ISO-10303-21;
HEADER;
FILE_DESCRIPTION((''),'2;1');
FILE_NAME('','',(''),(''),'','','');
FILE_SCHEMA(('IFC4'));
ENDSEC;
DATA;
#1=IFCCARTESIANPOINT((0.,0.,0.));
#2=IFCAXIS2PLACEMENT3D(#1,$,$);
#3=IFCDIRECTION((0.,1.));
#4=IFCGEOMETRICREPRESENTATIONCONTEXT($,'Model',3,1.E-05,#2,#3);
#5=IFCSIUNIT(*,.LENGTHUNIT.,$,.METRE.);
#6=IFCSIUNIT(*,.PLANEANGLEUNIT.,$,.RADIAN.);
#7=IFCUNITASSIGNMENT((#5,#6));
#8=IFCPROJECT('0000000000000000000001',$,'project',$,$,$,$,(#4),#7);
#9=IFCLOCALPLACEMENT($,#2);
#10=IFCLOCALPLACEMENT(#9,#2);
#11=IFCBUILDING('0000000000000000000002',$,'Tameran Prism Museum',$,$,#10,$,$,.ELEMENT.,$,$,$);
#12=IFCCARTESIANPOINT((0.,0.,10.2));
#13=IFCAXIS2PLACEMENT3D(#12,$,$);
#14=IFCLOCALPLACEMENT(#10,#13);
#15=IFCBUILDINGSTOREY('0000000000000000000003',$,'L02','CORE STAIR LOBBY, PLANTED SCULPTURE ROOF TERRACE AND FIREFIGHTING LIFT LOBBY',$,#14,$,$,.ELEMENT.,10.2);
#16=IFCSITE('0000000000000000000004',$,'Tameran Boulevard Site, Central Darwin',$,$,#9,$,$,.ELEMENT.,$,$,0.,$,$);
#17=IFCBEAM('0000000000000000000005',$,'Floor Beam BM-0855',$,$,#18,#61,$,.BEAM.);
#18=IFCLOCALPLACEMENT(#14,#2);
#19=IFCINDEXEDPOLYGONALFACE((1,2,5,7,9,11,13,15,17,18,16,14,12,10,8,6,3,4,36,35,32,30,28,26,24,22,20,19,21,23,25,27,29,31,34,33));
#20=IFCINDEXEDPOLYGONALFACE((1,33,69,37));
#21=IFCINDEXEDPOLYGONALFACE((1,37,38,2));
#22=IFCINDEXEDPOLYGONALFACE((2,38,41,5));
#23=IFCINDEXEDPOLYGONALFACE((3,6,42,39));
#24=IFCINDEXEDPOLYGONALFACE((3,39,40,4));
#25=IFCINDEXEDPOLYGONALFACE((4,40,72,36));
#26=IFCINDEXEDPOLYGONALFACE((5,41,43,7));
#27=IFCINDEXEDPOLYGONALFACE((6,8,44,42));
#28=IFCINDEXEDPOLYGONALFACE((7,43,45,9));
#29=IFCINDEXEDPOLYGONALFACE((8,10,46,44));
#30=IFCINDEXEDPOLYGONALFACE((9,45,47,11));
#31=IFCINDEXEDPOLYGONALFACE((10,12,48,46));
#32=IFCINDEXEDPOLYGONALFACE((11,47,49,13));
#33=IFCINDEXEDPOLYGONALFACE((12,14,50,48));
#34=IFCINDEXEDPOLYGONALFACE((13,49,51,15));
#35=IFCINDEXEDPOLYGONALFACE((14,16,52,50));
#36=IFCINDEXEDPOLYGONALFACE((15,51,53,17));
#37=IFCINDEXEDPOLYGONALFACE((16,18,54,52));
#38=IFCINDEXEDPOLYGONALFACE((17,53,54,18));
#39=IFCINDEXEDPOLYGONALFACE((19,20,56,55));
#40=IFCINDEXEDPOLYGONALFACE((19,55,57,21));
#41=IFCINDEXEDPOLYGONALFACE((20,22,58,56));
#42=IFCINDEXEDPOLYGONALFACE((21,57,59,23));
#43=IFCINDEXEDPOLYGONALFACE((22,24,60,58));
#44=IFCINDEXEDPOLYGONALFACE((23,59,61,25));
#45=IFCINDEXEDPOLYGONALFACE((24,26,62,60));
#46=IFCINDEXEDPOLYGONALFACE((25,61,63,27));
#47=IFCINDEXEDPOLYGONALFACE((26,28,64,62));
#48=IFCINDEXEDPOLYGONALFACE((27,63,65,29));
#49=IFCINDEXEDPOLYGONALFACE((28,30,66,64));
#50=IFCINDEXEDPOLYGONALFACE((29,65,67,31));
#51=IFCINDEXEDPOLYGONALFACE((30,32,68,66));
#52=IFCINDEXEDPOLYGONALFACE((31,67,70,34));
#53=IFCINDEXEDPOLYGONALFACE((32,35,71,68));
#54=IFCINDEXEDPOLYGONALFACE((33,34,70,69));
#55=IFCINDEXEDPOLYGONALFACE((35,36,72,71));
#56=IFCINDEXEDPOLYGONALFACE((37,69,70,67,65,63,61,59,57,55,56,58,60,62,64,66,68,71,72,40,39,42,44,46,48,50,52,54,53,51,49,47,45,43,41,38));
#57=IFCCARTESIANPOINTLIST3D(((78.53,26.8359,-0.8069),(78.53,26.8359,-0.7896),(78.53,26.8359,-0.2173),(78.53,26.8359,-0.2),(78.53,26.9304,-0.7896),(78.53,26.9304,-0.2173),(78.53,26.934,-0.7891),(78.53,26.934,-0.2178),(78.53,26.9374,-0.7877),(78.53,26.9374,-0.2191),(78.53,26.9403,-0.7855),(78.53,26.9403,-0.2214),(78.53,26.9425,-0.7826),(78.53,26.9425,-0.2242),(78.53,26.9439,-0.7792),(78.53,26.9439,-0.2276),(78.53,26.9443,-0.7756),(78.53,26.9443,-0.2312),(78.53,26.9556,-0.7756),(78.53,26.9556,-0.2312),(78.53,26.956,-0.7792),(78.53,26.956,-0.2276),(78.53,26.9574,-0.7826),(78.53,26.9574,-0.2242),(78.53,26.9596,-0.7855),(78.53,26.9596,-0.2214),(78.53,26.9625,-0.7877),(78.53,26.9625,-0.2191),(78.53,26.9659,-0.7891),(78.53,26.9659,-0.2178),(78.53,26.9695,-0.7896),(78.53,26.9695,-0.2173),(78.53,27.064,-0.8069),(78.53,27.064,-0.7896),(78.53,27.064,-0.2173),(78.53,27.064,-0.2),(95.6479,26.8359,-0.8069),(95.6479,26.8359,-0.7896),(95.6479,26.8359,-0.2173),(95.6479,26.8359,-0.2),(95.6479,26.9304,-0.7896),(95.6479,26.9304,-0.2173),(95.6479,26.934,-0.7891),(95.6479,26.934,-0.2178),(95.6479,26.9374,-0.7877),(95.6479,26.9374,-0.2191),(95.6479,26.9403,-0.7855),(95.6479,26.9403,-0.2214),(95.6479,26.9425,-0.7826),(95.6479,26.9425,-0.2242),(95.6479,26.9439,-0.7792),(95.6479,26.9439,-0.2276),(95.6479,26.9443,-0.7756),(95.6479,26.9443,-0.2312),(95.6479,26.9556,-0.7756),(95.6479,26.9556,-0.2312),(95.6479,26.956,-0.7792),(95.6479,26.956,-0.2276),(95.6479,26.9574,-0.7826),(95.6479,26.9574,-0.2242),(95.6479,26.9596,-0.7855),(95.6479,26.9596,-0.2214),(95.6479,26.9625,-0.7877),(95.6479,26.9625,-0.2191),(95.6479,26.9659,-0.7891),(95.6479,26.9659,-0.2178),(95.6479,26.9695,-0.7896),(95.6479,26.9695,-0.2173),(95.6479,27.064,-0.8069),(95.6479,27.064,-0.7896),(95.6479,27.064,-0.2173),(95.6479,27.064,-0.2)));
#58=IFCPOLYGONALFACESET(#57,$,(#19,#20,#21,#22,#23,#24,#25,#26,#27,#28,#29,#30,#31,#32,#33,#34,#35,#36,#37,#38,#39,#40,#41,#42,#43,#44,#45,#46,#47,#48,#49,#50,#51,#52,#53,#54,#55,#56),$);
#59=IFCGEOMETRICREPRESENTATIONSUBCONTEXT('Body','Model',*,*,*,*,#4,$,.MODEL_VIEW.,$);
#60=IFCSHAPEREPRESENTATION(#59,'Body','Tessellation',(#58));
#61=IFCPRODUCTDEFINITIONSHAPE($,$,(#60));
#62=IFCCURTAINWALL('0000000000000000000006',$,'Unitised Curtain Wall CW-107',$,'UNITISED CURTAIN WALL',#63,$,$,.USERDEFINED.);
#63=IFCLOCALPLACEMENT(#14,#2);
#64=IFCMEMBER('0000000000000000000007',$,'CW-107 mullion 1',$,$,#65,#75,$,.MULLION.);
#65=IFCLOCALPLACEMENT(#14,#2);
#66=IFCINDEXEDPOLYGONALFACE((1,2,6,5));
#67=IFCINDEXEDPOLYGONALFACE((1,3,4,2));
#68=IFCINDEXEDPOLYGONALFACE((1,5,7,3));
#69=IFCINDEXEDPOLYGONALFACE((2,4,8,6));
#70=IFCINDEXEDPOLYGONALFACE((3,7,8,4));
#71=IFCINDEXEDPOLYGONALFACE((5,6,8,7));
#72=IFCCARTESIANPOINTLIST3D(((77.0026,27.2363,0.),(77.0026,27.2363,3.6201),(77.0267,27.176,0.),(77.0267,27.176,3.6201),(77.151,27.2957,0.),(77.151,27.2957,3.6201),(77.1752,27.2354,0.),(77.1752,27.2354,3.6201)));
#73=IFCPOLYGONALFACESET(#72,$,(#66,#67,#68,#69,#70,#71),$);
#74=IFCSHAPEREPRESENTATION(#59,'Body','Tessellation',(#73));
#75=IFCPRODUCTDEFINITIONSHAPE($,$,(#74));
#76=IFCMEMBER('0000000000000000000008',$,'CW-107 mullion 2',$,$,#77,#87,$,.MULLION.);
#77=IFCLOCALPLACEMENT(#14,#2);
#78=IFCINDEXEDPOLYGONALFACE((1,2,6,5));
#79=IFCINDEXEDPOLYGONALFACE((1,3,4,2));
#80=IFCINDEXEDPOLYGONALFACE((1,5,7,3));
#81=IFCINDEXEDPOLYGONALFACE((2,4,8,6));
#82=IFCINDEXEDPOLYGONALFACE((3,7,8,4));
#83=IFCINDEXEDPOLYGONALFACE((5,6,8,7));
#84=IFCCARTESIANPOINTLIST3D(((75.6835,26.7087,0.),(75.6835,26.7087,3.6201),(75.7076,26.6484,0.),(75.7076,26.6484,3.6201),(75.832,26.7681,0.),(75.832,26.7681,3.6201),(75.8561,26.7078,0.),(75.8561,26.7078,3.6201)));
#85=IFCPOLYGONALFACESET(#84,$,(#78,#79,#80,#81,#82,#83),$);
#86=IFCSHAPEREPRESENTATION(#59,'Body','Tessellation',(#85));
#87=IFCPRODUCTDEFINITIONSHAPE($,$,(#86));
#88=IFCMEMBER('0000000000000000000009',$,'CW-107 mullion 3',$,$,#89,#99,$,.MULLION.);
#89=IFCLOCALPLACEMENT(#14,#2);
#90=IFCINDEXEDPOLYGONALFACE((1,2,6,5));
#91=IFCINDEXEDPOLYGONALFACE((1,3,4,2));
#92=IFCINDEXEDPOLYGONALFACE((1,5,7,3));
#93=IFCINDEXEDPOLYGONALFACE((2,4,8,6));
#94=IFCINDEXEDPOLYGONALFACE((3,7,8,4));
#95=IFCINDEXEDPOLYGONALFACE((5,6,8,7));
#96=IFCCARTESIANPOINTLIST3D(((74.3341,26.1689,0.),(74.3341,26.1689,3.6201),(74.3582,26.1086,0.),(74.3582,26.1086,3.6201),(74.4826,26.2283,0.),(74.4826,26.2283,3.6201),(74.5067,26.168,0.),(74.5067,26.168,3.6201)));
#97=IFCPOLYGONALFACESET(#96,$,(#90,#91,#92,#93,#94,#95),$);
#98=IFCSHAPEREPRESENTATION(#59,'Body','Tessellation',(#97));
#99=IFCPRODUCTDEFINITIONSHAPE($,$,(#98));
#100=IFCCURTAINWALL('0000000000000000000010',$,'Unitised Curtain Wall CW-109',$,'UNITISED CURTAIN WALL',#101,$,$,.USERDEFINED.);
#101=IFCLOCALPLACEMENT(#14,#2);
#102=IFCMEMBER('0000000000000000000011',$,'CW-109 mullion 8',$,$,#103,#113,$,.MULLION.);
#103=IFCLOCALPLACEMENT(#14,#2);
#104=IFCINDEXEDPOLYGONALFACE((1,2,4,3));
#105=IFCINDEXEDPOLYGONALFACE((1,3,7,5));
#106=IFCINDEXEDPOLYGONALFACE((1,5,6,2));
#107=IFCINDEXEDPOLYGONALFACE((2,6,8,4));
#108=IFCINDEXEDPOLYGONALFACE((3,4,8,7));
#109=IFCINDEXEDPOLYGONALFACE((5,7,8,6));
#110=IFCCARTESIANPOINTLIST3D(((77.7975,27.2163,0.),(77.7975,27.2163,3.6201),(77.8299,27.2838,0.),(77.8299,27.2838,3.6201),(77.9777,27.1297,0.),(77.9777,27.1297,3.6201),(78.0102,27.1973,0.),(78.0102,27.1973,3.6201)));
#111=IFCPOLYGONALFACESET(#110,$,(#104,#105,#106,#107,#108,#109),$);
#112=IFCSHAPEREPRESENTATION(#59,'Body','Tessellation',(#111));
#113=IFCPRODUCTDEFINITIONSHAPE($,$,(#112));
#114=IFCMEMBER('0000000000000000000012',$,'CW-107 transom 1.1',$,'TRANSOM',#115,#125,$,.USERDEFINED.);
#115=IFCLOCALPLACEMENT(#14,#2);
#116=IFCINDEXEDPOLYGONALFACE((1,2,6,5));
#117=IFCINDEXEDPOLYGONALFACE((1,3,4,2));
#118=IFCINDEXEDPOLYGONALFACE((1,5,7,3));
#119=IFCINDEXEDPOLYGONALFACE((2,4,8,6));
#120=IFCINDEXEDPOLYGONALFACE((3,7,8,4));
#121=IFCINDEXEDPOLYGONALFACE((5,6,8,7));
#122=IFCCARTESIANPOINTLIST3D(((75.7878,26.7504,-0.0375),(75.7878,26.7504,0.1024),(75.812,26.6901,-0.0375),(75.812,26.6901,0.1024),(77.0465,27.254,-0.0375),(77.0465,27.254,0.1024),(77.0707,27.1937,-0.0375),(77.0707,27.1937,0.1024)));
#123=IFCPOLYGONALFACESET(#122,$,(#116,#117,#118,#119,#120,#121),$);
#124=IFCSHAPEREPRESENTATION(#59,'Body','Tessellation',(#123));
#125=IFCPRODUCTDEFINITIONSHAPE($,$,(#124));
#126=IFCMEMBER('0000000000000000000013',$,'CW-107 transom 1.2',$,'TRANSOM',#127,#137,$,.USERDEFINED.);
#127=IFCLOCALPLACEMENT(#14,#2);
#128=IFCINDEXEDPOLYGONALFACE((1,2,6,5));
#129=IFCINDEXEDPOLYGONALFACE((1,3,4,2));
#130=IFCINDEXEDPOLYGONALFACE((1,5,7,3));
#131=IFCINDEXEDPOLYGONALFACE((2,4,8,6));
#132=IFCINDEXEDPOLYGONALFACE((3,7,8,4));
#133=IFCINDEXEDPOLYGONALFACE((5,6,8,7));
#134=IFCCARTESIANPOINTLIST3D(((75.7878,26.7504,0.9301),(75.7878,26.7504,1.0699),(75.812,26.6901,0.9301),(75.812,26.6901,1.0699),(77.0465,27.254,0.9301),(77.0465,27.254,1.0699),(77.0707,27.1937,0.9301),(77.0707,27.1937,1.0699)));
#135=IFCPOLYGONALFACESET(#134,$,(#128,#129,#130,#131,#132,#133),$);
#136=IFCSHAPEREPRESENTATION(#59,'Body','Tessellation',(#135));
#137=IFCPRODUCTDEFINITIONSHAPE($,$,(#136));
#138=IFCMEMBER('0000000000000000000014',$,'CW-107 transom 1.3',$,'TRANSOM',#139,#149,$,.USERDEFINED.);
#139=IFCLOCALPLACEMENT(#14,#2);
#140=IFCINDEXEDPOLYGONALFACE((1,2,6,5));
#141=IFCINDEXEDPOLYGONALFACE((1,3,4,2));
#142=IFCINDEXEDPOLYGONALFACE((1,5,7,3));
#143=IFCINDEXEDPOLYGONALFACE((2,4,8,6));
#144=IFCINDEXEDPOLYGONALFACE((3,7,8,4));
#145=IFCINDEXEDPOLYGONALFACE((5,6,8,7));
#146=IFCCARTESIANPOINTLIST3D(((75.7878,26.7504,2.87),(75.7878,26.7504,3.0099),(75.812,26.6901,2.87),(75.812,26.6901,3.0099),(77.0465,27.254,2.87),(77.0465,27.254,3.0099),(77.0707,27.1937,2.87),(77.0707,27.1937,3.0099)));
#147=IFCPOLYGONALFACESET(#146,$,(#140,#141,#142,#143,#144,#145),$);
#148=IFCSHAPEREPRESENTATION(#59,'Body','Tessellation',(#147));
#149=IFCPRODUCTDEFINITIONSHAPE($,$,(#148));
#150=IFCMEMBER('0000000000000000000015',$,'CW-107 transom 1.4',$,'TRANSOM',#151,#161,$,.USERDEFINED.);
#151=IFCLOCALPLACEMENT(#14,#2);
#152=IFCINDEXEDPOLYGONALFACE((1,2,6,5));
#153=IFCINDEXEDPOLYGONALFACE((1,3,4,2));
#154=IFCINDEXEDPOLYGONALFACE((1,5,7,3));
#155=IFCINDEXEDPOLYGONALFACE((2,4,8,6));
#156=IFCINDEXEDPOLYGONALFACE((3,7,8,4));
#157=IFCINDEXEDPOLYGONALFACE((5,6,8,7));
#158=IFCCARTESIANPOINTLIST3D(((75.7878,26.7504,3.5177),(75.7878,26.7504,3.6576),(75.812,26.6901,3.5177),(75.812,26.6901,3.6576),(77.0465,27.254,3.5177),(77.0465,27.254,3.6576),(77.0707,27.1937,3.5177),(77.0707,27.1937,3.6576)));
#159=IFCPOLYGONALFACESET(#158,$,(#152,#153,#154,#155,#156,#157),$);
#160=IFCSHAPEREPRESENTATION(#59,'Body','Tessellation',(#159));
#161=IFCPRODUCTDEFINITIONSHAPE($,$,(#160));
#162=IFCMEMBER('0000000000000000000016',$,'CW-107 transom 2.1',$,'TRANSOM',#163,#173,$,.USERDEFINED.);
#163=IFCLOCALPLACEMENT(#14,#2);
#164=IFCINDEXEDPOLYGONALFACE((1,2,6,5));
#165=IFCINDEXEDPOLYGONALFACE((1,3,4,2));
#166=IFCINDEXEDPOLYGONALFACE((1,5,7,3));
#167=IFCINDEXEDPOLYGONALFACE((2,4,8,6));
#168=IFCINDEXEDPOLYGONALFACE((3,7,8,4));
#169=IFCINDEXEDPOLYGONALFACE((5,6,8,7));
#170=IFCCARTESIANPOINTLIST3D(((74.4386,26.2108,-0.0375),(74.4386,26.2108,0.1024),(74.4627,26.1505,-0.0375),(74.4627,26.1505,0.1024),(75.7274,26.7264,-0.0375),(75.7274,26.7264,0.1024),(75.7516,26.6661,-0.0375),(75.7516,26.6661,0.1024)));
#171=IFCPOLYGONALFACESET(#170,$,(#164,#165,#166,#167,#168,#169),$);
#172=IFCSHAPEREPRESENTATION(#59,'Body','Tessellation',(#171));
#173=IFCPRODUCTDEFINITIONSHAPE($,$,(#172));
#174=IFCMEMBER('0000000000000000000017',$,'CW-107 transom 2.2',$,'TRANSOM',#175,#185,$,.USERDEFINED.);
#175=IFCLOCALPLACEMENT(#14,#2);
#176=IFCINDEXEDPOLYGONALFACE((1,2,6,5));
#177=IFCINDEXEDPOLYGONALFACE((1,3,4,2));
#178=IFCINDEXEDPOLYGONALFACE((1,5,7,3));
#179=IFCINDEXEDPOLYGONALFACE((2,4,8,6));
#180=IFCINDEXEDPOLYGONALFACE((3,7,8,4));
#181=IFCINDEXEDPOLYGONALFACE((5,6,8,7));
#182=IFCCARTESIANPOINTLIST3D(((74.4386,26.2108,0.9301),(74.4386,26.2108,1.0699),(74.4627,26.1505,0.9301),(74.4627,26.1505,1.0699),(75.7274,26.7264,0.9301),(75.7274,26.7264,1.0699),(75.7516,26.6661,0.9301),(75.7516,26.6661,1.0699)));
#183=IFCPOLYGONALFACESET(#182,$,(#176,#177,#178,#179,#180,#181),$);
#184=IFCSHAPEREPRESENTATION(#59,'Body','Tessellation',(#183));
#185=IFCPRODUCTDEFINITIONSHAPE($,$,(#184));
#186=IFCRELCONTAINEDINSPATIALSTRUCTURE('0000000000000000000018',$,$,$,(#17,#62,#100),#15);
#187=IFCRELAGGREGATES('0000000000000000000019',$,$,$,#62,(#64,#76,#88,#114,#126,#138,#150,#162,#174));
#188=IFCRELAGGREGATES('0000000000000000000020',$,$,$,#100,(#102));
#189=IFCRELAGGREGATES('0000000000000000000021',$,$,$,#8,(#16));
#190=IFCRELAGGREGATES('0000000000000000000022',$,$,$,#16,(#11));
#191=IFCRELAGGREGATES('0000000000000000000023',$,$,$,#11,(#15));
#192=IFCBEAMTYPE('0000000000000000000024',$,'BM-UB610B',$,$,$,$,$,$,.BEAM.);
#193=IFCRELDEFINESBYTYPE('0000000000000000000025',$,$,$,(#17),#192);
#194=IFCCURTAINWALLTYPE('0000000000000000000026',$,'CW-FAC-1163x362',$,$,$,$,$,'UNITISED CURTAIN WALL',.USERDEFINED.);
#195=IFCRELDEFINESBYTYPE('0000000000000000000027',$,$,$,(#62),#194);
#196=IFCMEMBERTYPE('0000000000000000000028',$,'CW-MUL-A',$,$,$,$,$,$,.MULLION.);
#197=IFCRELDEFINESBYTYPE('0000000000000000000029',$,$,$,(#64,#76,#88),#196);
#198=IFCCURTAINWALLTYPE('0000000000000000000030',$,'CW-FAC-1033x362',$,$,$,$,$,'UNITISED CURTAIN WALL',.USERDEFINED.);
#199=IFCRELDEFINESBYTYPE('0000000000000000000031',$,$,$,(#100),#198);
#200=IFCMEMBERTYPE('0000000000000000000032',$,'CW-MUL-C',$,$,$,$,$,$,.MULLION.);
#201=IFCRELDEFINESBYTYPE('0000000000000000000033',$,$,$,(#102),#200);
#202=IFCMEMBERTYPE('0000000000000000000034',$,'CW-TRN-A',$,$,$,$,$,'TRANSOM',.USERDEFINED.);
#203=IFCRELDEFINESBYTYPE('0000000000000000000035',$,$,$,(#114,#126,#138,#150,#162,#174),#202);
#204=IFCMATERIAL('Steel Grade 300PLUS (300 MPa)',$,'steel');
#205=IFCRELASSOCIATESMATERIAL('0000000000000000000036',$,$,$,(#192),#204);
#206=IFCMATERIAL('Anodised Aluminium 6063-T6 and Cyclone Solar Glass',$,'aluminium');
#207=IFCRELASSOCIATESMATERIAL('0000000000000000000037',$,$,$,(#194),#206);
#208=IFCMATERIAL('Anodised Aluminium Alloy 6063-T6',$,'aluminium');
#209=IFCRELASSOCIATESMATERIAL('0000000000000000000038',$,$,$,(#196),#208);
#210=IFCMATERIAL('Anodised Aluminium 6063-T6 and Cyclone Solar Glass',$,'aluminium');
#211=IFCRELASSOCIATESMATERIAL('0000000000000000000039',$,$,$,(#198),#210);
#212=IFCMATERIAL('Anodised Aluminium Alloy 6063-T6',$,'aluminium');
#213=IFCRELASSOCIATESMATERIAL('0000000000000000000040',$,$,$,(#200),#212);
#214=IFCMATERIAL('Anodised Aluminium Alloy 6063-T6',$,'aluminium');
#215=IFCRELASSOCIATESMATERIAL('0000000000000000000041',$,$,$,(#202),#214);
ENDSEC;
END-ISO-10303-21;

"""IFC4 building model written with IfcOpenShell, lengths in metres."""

from ifc_helpers import new_model, si_unit, direction, frame, origin, origin_2d, place, context, subcontext, project, spatial, rectangle, i_section, extrude, material, material_profile, profile_set, type_object, element, aggregate, save


model = new_model("IFC4")

# Units and contexts
model_context = context("Model", 3, precision=1e-05, world=origin(), true_north=direction((0.0, 1.0)))
body_context = subcontext(model_context, "Body", "Model", "MODEL_VIEW")
ifc_project = project(units=[si_unit("LENGTHUNIT", "METRE"), si_unit("PLANEANGLEUNIT", "RADIAN")], contexts=[model_context])

# Site, building, storey
site_placement = place(None, origin())
site = spatial("IfcSite", under=ifc_project, at=site_placement, Name="Tameran Boulevard Site, Central Darwin", CompositionType="ELEMENT", RefElevation=0.0)
building_placement = place(site_placement, origin())
building = spatial("IfcBuilding", under=site, at=building_placement, Name="Tameran Prism Museum", CompositionType="ELEMENT")
storey_placement = place(building_placement, frame((0.0, 0.0, 10.2)))
storey = spatial("IfcBuildingStorey", under=building, at=storey_placement, Name="L02", Description="CORE STAIR LOBBY, PLANTED SCULPTURE ROOF TERRACE AND FIREFIGHTING LIFT LOBBY", CompositionType="ELEMENT", Elevation=10.2)

# Beam
ifc_material_1 = material(Name="Steel Grade 300PLUS (300 MPa)", Category="steel")
ifc_material_profile_1 = material_profile(ifc_material_1, i_section(OverallWidth=0.228, OverallDepth=0.6069, WebThickness=0.0112, FlangeThickness=0.0173, FilletRadius=0.0139, at=origin_2d()))
ifc_profile_set_1 = profile_set([ifc_material_profile_1])
beam_type = type_object("IfcBeamType", Name="BM-UB610B", PredefinedType="BEAM", material=ifc_profile_set_1)
beam_placement = place(storey_placement, frame((78.53, 26.95, -0.5034), z_axis=(1.0, 0.0, 0.0), x_axis=(0.0, 1.0, 0.0)))
element("IfcBeam", 1, at=beam_placement, inside=storey, type_object=beam_type, Name="Floor Beam BM-0855", PredefinedType="BEAM", context=body_context, shape_type="SweptSolid", body=[
    extrude(i_section(OverallWidth=0.228, OverallDepth=0.6069, WebThickness=0.0112, FlangeThickness=0.0173, FilletRadius=0.0139, at=origin_2d()), origin(), (0.0, 0.0, 1.0), 17.1179),
])

# Curtain wall, members
ifc_material_2 = material(Name="Anodised Aluminium 6063-T6 and Cyclone Solar Glass", Category="aluminium")
curtain_wall_type_1 = type_object("IfcCurtainWallType", Name="CW-FAC-1163x362", ElementType="UNITISED CURTAIN WALL", PredefinedType="USERDEFINED", material=ifc_material_2)
curtain_wall_1_placement = place(storey_placement, origin())
curtain_wall_1 = element("IfcCurtainWall", 2, at=curtain_wall_1_placement, inside=storey, type_object=curtain_wall_type_1, Name="Unitised Curtain Wall CW-107", ObjectType="UNITISED CURTAIN WALL", PredefinedType="USERDEFINED")
ifc_material_3 = material(Name="Anodised Aluminium Alloy 6063-T6", Category="aluminium")
ifc_material_profile_2 = material_profile(ifc_material_3, rectangle(XDim=0.0649, YDim=0.1599, at=origin_2d()))
ifc_profile_set_2 = profile_set([ifc_material_profile_2])
member_type_1 = type_object("IfcMemberType", Name="CW-MUL-A", PredefinedType="MULLION", material=ifc_profile_set_2)
member_1_placement = place(storey_placement, frame((77.0889, 27.2358, 0.0), z_axis=(0.0, 0.0, 1.0), x_axis=(0.37142, -0.928465, 0.0)))
member_1 = element("IfcMember", 3, at=member_1_placement, type_object=member_type_1, Name="CW-107 mullion 1", PredefinedType="MULLION", context=body_context, shape_type="SweptSolid", body=[
    extrude(rectangle(XDim=0.0649, YDim=0.1599, at=origin_2d()), origin(), (0.0, 0.0, 1.0), 3.6201),
])
member_2_placement = place(storey_placement, frame((75.7698, 26.7083, 0.0), z_axis=(0.0, 0.0, 1.0), x_axis=(0.37142, -0.928465, 0.0)))
member_2 = element("IfcMember", 4, at=member_2_placement, type_object=member_type_1, Name="CW-107 mullion 2", PredefinedType="MULLION", context=body_context, shape_type="SweptSolid", body=[
    extrude(rectangle(XDim=0.0649, YDim=0.1599, at=origin_2d()), origin(), (0.0, 0.0, 1.0), 3.6201),
])
member_3_placement = place(storey_placement, frame((74.4204, 26.1685, 0.0), z_axis=(0.0, 0.0, 1.0), x_axis=(0.37142, -0.928465, 0.0)))
member_3 = element("IfcMember", 5, at=member_3_placement, type_object=member_type_1, Name="CW-107 mullion 3", PredefinedType="MULLION", context=body_context, shape_type="SweptSolid", body=[
    extrude(rectangle(XDim=0.0649, YDim=0.1599, at=origin_2d()), origin(), (0.0, 0.0, 1.0), 3.6201),
])

# Curtain wall, member
ifc_material_4 = material(Name="Anodised Aluminium 6063-T6 and Cyclone Solar Glass", Category="aluminium")
curtain_wall_type_2 = type_object("IfcCurtainWallType", Name="CW-FAC-1033x362", ElementType="UNITISED CURTAIN WALL", PredefinedType="USERDEFINED", material=ifc_material_4)
curtain_wall_2_placement = place(storey_placement, origin())
curtain_wall_2 = element("IfcCurtainWall", 6, at=curtain_wall_2_placement, inside=storey, type_object=curtain_wall_type_2, Name="Unitised Curtain Wall CW-109", ObjectType="UNITISED CURTAIN WALL", PredefinedType="USERDEFINED")
ifc_material_5 = material(Name="Anodised Aluminium Alloy 6063-T6", Category="aluminium")
ifc_material_profile_3 = material_profile(ifc_material_5, rectangle(XDim=0.075, YDim=0.2, at=origin_2d()))
ifc_profile_set_3 = profile_set([ifc_material_profile_3])
member_type_2 = type_object("IfcMemberType", Name="CW-MUL-C", PredefinedType="MULLION", material=ifc_profile_set_3)
member_4_placement = place(storey_placement, frame((77.9038, 27.2068, 0.0), z_axis=(0.0, 0.0, 1.0), x_axis=(-0.432832, -0.901475, 0.0)))
member_4 = element("IfcMember", 7, at=member_4_placement, type_object=member_type_2, Name="CW-109 mullion 8", PredefinedType="MULLION", context=body_context, shape_type="SweptSolid", body=[
    extrude(rectangle(XDim=0.075, YDim=0.2, at=origin_2d()), origin(), (0.0, 0.0, 1.0), 3.6201),
])

# Members
ifc_material_6 = material(Name="Anodised Aluminium Alloy 6063-T6", Category="aluminium")
ifc_material_profile_4 = material_profile(ifc_material_6, rectangle(XDim=0.0649, YDim=0.1399, at=origin_2d()))
ifc_profile_set_4 = profile_set([ifc_material_profile_4])
member_type_3 = type_object("IfcMemberType", Name="CW-TRN-A", ElementType="TRANSOM", PredefinedType="USERDEFINED", material=ifc_profile_set_4)
member_5_placement = place(storey_placement, frame((77.0586, 27.2239, 0.0325), z_axis=(-0.928439, -0.371484, 0.0), x_axis=(0.371484, -0.928439, 0.0)))
member_5 = element("IfcMember", 8, at=member_5_placement, type_object=member_type_3, Name="CW-107 transom 1.1", ObjectType="TRANSOM", PredefinedType="USERDEFINED", context=body_context, shape_type="SweptSolid", body=[
    extrude(rectangle(XDim=0.0649, YDim=0.1399, at=origin_2d()), origin(), (0.0, 0.0, 1.0), 1.3557),
])
member_6_placement = place(storey_placement, frame((77.0586, 27.2239, 1.0), z_axis=(-0.928439, -0.371484, 0.0), x_axis=(0.371484, -0.928439, 0.0)))
member_6 = element("IfcMember", 9, at=member_6_placement, type_object=member_type_3, Name="CW-107 transom 1.2", ObjectType="TRANSOM", PredefinedType="USERDEFINED", context=body_context, shape_type="SweptSolid", body=[
    extrude(rectangle(XDim=0.0649, YDim=0.1399, at=origin_2d()), origin(), (0.0, 0.0, 1.0), 1.3557),
])
member_7_placement = place(storey_placement, frame((77.0586, 27.2239, 2.9399), z_axis=(-0.928439, -0.371484, 0.0), x_axis=(0.371484, -0.928439, 0.0)))
member_7 = element("IfcMember", 10, at=member_7_placement, type_object=member_type_3, Name="CW-107 transom 1.3", ObjectType="TRANSOM", PredefinedType="USERDEFINED", context=body_context, shape_type="SweptSolid", body=[
    extrude(rectangle(XDim=0.0649, YDim=0.1399, at=origin_2d()), origin(), (0.0, 0.0, 1.0), 1.3557),
])
member_8_placement = place(storey_placement, frame((77.0586, 27.2239, 3.5876), z_axis=(-0.928439, -0.371484, 0.0), x_axis=(0.371484, -0.928439, 0.0)))
member_8 = element("IfcMember", 11, at=member_8_placement, type_object=member_type_3, Name="CW-107 transom 1.4", ObjectType="TRANSOM", PredefinedType="USERDEFINED", context=body_context, shape_type="SweptSolid", body=[
    extrude(rectangle(XDim=0.0649, YDim=0.1399, at=origin_2d()), origin(), (0.0, 0.0, 1.0), 1.3557),
])
member_9_placement = place(storey_placement, frame((75.7395, 26.6963, 0.0325), z_axis=(-0.928452, -0.371451, 0.0), x_axis=(0.371451, -0.928452, 0.0)))
member_9 = element("IfcMember", 12, at=member_9_placement, type_object=member_type_3, Name="CW-107 transom 2.1", ObjectType="TRANSOM", PredefinedType="USERDEFINED", context=body_context, shape_type="SweptSolid", body=[
    extrude(rectangle(XDim=0.0649, YDim=0.1399, at=origin_2d()), origin(), (0.0, 0.0, 1.0), 1.3882),
])
member_10_placement = place(storey_placement, frame((75.7395, 26.6963, 1.0), z_axis=(-0.928452, -0.371451, 0.0), x_axis=(0.371451, -0.928452, 0.0)))
member_10 = element("IfcMember", 13, at=member_10_placement, type_object=member_type_3, Name="CW-107 transom 2.2", ObjectType="TRANSOM", PredefinedType="USERDEFINED", context=body_context, shape_type="SweptSolid", body=[
    extrude(rectangle(XDim=0.0649, YDim=0.1399, at=origin_2d()), origin(), (0.0, 0.0, 1.0), 1.3882),
])

aggregate(curtain_wall_1, [member_1, member_2, member_3, member_5, member_6, member_7, member_8, member_9, member_10])
aggregate(curtain_wall_2, [member_4])

save(model, "model.ifc")
